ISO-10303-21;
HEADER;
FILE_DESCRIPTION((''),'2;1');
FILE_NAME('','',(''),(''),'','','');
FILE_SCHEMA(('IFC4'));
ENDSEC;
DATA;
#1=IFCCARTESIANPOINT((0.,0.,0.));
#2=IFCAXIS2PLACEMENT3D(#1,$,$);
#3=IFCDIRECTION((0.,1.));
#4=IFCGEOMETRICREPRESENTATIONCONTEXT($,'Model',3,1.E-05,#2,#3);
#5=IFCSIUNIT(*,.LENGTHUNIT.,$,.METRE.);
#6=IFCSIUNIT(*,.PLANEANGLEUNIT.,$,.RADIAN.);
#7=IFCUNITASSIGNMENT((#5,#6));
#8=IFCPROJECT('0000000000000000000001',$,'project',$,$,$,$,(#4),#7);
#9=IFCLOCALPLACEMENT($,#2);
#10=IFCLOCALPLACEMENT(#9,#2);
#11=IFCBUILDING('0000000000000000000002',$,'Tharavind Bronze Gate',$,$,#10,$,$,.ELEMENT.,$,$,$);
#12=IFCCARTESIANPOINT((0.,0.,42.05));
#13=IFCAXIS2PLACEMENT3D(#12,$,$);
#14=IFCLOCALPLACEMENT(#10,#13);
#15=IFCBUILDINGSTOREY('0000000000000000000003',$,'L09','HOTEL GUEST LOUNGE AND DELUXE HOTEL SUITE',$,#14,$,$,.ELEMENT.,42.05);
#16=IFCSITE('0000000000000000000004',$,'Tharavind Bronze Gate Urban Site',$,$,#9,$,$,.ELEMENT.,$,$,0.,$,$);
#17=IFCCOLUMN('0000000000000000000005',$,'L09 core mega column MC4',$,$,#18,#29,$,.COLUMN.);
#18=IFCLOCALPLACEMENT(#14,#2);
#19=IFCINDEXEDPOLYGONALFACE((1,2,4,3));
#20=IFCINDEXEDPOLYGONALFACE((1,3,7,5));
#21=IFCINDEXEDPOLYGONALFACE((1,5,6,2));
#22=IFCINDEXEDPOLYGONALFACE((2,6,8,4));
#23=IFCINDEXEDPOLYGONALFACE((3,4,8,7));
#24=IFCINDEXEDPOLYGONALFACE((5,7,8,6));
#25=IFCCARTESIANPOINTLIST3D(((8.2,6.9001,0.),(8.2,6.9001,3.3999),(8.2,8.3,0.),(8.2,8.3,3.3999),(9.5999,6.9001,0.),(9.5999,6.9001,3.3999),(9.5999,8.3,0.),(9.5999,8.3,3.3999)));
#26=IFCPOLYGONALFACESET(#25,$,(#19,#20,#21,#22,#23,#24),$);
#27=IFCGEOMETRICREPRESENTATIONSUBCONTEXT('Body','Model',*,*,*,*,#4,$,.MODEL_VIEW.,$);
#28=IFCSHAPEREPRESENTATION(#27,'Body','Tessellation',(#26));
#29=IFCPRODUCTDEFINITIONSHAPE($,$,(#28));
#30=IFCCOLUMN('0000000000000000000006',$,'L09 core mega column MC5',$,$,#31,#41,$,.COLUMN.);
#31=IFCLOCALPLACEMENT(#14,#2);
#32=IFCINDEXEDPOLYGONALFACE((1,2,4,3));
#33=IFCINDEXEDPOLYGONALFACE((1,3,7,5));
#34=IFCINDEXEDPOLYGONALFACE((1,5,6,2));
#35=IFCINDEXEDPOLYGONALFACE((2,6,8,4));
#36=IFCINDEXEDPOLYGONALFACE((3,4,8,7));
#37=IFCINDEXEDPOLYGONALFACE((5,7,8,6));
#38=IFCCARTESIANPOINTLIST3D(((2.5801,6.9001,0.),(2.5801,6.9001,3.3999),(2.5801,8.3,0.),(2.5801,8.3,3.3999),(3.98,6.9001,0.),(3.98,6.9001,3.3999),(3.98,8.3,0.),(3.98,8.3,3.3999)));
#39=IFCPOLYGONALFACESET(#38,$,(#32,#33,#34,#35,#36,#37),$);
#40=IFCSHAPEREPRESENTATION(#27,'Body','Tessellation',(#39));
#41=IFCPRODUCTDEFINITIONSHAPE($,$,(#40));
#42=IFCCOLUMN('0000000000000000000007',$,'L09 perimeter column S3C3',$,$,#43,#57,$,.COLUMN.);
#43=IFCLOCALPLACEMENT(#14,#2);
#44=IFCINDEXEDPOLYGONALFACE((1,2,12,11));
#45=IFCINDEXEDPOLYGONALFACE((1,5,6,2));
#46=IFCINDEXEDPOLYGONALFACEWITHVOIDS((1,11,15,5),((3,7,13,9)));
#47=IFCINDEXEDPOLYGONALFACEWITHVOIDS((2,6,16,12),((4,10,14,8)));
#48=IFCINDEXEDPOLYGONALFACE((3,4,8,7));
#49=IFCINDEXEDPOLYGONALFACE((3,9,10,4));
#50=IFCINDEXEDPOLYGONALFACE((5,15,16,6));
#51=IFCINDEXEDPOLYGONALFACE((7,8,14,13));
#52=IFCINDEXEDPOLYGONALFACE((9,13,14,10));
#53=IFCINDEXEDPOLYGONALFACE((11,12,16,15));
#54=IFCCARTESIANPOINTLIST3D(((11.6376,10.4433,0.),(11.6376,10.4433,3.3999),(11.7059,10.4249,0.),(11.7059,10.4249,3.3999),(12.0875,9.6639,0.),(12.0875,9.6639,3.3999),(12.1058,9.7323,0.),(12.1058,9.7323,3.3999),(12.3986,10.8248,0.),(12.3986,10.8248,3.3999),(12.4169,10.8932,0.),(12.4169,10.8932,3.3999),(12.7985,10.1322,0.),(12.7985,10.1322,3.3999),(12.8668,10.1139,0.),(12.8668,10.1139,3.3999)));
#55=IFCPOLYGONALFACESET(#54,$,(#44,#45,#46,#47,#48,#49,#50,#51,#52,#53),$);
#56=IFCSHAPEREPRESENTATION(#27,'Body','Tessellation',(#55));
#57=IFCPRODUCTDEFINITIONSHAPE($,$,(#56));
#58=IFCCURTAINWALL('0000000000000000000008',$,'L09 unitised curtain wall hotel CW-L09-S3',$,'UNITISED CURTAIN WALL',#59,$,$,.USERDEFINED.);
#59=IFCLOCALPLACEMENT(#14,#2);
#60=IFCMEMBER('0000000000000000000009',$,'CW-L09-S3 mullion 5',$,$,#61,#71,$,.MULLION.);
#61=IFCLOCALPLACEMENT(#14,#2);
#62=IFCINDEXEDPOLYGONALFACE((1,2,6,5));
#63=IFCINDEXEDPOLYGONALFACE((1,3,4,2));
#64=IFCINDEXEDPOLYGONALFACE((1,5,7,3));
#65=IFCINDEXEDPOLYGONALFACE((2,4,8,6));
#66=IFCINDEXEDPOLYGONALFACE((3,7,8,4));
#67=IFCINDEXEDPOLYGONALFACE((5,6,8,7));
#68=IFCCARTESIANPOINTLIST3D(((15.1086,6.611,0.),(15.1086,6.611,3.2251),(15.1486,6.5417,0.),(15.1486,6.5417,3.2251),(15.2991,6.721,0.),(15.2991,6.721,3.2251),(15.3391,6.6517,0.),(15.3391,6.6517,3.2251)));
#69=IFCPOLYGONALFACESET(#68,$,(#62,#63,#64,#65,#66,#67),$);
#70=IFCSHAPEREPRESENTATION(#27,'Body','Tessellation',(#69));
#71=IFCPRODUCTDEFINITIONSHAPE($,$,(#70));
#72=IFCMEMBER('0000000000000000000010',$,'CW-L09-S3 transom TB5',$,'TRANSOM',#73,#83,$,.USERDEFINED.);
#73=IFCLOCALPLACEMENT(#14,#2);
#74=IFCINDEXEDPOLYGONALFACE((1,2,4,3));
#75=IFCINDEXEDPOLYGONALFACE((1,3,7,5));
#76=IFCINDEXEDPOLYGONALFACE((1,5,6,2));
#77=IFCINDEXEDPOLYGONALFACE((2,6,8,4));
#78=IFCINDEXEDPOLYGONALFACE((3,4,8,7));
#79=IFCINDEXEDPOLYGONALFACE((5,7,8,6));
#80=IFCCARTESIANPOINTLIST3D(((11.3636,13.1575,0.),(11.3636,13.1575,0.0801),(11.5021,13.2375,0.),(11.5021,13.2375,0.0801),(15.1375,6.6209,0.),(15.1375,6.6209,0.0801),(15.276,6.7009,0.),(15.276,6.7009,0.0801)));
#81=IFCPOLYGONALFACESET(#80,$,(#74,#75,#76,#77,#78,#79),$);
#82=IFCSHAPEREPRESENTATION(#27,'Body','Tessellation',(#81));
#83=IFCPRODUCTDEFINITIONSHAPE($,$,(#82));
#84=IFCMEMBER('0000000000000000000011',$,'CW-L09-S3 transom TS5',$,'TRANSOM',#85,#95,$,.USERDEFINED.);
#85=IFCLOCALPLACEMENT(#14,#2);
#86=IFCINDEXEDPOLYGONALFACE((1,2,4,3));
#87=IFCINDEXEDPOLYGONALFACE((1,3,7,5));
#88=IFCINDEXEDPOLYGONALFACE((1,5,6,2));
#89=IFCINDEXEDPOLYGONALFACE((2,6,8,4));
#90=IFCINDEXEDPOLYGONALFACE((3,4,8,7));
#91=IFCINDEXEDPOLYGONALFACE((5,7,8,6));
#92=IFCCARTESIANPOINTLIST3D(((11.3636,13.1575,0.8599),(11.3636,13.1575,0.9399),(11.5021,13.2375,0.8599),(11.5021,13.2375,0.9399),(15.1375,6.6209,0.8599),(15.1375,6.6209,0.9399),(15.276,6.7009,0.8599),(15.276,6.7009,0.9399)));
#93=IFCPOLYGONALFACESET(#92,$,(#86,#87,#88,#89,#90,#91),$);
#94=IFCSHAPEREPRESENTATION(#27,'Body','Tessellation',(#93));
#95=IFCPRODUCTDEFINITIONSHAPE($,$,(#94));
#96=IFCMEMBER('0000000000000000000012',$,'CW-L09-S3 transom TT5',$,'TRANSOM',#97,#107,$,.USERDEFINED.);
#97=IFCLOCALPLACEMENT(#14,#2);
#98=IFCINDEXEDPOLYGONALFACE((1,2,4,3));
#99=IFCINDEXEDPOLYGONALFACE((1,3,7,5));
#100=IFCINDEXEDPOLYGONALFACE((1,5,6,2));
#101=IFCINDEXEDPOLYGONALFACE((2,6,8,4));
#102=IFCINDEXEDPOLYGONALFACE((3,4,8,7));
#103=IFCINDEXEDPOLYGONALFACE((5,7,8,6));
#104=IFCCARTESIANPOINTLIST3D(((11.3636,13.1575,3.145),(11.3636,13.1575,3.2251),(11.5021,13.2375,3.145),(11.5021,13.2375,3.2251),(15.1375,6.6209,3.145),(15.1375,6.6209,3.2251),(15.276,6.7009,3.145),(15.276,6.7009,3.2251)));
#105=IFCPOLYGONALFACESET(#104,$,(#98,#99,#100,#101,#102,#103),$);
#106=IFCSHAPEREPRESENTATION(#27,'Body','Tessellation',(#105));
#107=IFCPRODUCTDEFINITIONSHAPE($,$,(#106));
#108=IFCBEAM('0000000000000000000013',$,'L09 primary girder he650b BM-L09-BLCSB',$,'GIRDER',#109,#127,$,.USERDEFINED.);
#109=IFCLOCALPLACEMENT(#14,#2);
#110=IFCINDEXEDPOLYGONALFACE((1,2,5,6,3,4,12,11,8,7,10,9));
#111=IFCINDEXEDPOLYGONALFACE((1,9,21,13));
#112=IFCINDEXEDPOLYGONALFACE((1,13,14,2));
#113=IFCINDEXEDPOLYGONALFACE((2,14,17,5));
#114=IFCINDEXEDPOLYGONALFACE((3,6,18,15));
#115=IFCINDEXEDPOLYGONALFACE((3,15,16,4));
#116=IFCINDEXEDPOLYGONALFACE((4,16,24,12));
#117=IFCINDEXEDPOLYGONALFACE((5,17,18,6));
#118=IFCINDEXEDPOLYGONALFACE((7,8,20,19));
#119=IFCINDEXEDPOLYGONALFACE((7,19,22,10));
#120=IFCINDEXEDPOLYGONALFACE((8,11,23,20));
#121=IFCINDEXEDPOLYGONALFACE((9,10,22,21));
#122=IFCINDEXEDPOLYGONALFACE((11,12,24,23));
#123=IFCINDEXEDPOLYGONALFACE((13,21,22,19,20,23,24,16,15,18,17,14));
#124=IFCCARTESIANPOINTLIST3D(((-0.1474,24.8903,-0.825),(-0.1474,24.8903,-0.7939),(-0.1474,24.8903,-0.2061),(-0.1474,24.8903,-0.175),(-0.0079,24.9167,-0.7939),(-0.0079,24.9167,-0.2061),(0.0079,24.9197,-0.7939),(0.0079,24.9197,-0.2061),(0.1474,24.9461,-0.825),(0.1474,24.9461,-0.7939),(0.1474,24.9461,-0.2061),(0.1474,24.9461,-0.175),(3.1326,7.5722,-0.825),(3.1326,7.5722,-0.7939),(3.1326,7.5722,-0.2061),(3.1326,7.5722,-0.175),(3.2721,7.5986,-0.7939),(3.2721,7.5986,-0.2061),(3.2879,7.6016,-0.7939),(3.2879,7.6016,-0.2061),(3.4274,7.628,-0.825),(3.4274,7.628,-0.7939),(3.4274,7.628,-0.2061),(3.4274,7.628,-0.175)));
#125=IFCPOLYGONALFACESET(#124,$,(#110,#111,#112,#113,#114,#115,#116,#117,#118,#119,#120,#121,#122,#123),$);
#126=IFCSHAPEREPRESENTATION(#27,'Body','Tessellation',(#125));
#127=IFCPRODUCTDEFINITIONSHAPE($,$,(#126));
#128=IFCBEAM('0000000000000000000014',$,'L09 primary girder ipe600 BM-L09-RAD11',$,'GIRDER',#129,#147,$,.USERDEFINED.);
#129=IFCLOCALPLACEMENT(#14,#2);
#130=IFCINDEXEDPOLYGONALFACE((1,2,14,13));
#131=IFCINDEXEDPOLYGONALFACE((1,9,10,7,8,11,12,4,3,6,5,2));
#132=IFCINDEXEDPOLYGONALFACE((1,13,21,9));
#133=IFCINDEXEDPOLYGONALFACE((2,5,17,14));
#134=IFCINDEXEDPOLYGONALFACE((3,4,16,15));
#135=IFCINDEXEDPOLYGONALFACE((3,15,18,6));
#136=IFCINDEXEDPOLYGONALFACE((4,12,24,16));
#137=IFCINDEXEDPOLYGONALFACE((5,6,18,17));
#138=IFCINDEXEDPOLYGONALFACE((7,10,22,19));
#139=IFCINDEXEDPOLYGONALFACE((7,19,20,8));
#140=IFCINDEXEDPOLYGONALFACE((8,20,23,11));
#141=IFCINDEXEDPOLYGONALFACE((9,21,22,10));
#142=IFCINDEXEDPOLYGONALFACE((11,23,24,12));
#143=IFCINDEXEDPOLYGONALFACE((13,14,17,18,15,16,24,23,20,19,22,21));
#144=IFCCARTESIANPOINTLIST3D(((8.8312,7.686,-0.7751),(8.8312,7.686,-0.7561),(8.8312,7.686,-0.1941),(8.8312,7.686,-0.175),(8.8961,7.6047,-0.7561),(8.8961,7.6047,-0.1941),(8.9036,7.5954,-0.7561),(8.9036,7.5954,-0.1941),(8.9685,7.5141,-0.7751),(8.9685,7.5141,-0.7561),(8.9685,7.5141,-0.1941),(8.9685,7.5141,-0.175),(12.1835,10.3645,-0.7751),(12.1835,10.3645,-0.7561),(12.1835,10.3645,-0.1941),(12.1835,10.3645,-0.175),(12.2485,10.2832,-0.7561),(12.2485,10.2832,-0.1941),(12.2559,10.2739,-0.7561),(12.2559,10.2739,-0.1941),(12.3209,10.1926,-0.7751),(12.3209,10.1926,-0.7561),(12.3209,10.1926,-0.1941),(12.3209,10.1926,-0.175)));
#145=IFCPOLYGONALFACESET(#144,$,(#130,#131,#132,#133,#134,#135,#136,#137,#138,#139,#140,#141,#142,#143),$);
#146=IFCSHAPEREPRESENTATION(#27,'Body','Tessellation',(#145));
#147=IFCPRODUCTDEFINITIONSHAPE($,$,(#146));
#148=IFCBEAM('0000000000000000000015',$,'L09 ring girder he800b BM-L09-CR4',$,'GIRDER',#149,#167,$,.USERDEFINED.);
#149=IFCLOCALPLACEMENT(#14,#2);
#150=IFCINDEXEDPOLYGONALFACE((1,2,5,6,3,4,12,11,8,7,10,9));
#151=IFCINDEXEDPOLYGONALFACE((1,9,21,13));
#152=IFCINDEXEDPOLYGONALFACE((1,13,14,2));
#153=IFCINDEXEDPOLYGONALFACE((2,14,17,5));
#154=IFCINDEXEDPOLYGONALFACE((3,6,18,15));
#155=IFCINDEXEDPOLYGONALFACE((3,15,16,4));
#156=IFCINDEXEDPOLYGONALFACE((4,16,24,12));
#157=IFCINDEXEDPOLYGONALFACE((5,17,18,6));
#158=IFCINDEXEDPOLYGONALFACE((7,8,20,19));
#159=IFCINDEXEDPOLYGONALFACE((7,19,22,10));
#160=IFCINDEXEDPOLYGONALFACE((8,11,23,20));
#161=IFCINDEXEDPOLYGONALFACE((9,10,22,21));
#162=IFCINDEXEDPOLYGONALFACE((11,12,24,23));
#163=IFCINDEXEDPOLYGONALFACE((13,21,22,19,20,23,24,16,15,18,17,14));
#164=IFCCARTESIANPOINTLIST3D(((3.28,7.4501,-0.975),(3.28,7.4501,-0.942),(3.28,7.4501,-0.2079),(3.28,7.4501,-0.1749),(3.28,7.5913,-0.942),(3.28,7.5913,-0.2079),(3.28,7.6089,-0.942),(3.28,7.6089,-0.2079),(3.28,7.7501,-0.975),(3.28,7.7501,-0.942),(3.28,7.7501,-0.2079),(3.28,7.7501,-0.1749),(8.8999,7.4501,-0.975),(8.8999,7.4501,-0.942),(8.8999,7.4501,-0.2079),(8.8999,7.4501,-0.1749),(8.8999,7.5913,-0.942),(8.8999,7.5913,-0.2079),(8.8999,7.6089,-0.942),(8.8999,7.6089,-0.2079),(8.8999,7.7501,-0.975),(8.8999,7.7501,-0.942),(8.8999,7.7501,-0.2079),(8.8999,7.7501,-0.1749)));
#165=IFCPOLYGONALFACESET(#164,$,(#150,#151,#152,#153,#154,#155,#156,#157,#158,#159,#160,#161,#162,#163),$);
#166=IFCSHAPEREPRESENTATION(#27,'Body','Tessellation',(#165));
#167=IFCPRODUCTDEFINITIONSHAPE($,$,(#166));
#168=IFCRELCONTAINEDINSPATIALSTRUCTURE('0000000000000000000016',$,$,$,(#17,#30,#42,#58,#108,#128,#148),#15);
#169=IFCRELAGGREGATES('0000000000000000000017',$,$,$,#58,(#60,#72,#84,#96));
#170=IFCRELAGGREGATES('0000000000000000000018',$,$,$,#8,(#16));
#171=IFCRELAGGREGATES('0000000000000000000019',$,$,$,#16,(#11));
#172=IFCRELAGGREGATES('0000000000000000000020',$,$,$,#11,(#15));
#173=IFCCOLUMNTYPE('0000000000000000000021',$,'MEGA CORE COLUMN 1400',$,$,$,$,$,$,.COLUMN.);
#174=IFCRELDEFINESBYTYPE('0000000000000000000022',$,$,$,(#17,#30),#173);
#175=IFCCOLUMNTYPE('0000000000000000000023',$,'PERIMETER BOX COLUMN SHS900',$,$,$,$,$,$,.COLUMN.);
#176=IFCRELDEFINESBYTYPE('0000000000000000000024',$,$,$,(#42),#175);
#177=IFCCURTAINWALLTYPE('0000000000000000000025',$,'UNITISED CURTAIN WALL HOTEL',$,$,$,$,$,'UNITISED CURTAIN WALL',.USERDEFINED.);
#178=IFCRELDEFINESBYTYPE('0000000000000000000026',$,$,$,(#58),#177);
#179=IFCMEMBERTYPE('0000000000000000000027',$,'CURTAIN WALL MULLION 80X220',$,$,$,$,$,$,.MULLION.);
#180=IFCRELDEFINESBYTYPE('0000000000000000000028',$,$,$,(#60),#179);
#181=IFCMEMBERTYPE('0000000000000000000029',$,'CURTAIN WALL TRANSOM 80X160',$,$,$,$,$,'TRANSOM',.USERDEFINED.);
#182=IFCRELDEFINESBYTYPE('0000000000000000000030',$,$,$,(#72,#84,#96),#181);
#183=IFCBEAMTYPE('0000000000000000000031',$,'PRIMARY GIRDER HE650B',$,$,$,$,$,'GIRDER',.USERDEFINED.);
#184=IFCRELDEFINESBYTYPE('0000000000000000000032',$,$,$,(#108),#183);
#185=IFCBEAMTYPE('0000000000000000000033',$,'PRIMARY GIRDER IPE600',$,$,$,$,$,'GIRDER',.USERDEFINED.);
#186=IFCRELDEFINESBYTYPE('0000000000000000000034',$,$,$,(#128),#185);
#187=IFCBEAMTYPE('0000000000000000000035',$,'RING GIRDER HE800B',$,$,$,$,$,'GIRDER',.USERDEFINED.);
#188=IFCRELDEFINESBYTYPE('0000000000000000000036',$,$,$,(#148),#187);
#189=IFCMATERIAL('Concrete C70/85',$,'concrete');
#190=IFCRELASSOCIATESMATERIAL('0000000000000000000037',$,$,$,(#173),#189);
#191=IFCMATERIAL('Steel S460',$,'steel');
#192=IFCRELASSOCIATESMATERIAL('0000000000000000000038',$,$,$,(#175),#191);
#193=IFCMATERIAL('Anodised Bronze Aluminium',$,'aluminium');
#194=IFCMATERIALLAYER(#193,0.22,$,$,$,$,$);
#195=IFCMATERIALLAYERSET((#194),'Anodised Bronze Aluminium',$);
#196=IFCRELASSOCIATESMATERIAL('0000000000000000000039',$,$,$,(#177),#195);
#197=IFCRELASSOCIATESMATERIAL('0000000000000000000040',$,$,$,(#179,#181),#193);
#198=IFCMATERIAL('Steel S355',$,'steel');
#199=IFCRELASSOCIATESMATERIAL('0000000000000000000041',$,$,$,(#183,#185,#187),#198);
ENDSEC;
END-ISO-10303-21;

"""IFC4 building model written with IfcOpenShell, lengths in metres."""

from ifc_helpers import new_model, si_unit, direction, frame, origin, origin_2d, place, context, subcontext, project, spatial, rectangle, hollow_rectangle, i_section, extrude, material, layer, layer_set, material_profile, profile_set, type_object, element, aggregate, save


model = new_model("IFC4")

# Units and contexts
model_context = context("Model", 3, precision=1e-05, world=origin(), true_north=direction((0.0, 1.0)))
body_context = subcontext(model_context, "Body", "Model", "MODEL_VIEW")
ifc_project = project(units=[si_unit("LENGTHUNIT", "METRE"), si_unit("PLANEANGLEUNIT", "RADIAN")], contexts=[model_context])

# Site, building, storey
site_placement = place(None, origin())
site = spatial("IfcSite", under=ifc_project, at=site_placement, Name="Tharavind Bronze Gate Urban Site", CompositionType="ELEMENT", RefElevation=0.0)
building_placement = place(site_placement, origin())
building = spatial("IfcBuilding", under=site, at=building_placement, Name="Tharavind Bronze Gate", CompositionType="ELEMENT")
storey_placement = place(building_placement, frame((0.0, 0.0, 42.05)))
storey = spatial("IfcBuildingStorey", under=building, at=storey_placement, Name="L09", Description="HOTEL GUEST LOUNGE AND DELUXE HOTEL SUITE", CompositionType="ELEMENT", Elevation=42.05)

# Columns
ifc_material_1 = material(Name="Concrete C70/85", Category="concrete")
ifc_material_profile_1 = material_profile(ifc_material_1, rectangle(XDim=1.3999, YDim=1.3999, at=origin_2d()), Name="RCCOL1400")
ifc_profile_set_1 = profile_set([ifc_material_profile_1], Name="Concrete C70/85")
column_type_1 = type_object("IfcColumnType", Name="MEGA CORE COLUMN 1400", PredefinedType="COLUMN", material=ifc_profile_set_1)
for number, where, z_axis, x_axis, name in (
    (1, (8.8999, 7.6001, 0.0), (0.0, 0.0, 1.0), (1.0, 0.0, 0.0), "L09 core mega column MC4"),
    (2, (3.28, 7.6001, 0.0), (0.0, 0.0, 1.0), (1.0, 0.0, 0.0), "L09 core mega column MC5"),
):
    element("IfcColumn", number, at=place(storey_placement, frame(where, z_axis=z_axis, x_axis=x_axis)), inside=storey, type_object=column_type_1, Name=name, PredefinedType="COLUMN", context=body_context, shape_type="SweptSolid", body=[
        extrude(rectangle(XDim=1.3999, YDim=1.3999, at=origin_2d()), origin(), (0.0, 0.0, 1.0), 3.3999),
    ])
ifc_material_2 = material(Name="Steel S460", Category="steel")
ifc_material_profile_2 = material_profile(ifc_material_2, hollow_rectangle(XDim=0.8999, YDim=0.8999, WallThickness=0.05, at=origin_2d()), Name="SHS900X50")
ifc_profile_set_2 = profile_set([ifc_material_profile_2], Name="Steel S460")
column_type_2 = type_object("IfcColumnType", Name="PERIMETER BOX COLUMN SHS900", PredefinedType="COLUMN", material=ifc_profile_set_2)
column_placement = place(storey_placement, frame((12.2522, 10.2786, 0.0), z_axis=(0.0, 0.0, 1.0), x_axis=(-0.500002, 0.866025, 0.0)))
element("IfcColumn", 3, at=column_placement, inside=storey, type_object=column_type_2, Name="L09 perimeter column S3C3", PredefinedType="COLUMN", context=body_context, shape_type="SweptSolid", body=[
    extrude(hollow_rectangle(XDim=0.8999, YDim=0.8999, WallThickness=0.05, at=origin_2d()), origin(), (0.0, 0.0, 1.0), 3.3999),
])

# Curtain wall, members
ifc_material_3 = material(Name="Anodised Bronze Aluminium", Category="aluminium")
ifc_layer_1 = layer(ifc_material_3, 0.22)
ifc_layer_set_1 = layer_set([ifc_layer_1], Name="Anodised Bronze Aluminium")
curtain_wall_type = type_object("IfcCurtainWallType", Name="UNITISED CURTAIN WALL HOTEL", ElementType="UNITISED CURTAIN WALL", PredefinedType="USERDEFINED", material=ifc_layer_set_1)
curtain_wall_placement = place(storey_placement, origin())
curtain_wall = element("IfcCurtainWall", 4, at=curtain_wall_placement, inside=storey, type_object=curtain_wall_type, Name="L09 unitised curtain wall hotel CW-L09-S3", ObjectType="UNITISED CURTAIN WALL", PredefinedType="USERDEFINED")
member_type_1 = type_object("IfcMemberType", Name="CURTAIN WALL MULLION 80X220", PredefinedType="MULLION", material=ifc_material_3)
member_1_placement = place(storey_placement, frame((15.2239, 6.6313, 0.0), z_axis=(0.0, 0.0, 1.0), x_axis=(-0.500002, 0.866025, 0.0)))
member_1 = element("IfcMember", 5, at=member_1_placement, type_object=member_type_1, Name="CW-L09-S3 mullion 5", PredefinedType="MULLION", context=body_context, shape_type="SweptSolid", body=[
    extrude(rectangle(XDim=0.0801, YDim=0.22, at=origin_2d()), origin(), (0.0, 0.0, 1.0), 3.2251),
])
member_type_2 = type_object("IfcMemberType", Name="CURTAIN WALL TRANSOM 80X160", ElementType="TRANSOM", PredefinedType="USERDEFINED", material=ifc_material_3)
member_2_placement = place(storey_placement, frame((13.3198, 9.9292, 0.0), z_axis=(0.0, 0.0, 1.0), x_axis=(-0.500002, 0.866025, 0.0)))
member_2 = element("IfcMember", 6, at=member_2_placement, type_object=member_type_2, Name="CW-L09-S3 transom TB5", ObjectType="TRANSOM", PredefinedType="USERDEFINED", context=body_context, shape_type="SweptSolid", body=[
    extrude(rectangle(XDim=7.5479, YDim=0.1599, at=origin_2d()), origin(), (0.0, 0.0, 1.0), 0.0801),
])
member_3_placement = place(storey_placement, frame((13.3198, 9.9292, 0.8599), z_axis=(0.0, 0.0, 1.0), x_axis=(-0.500002, 0.866025, 0.0)))
member_3 = element("IfcMember", 7, at=member_3_placement, type_object=member_type_2, Name="CW-L09-S3 transom TS5", ObjectType="TRANSOM", PredefinedType="USERDEFINED", context=body_context, shape_type="SweptSolid", body=[
    extrude(rectangle(XDim=7.5479, YDim=0.1599, at=origin_2d()), origin(), (0.0, 0.0, 1.0), 0.0801),
])
member_4_placement = place(storey_placement, frame((13.3198, 9.9292, 3.145), z_axis=(0.0, 0.0, 1.0), x_axis=(-0.500002, 0.866025, 0.0)))
member_4 = element("IfcMember", 8, at=member_4_placement, type_object=member_type_2, Name="CW-L09-S3 transom TT5", ObjectType="TRANSOM", PredefinedType="USERDEFINED", context=body_context, shape_type="SweptSolid", body=[
    extrude(rectangle(XDim=7.5479, YDim=0.1599, at=origin_2d()), origin(), (0.0, 0.0, 1.0), 0.0801),
])

# Beams
ifc_material_4 = material(Name="Steel S355", Category="steel")
ifc_material_profile_3 = material_profile(ifc_material_4, i_section(OverallWidth=0.3, OverallDepth=0.6499, WebThickness=0.0161, FlangeThickness=0.031, at=origin_2d()), Name="HE650B")
ifc_profile_set_3 = profile_set([ifc_material_profile_3], Name="Steel S355")
beam_type_1 = type_object("IfcBeamType", Name="PRIMARY GIRDER HE650B", ElementType="GIRDER", PredefinedType="USERDEFINED", material=ifc_profile_set_3)
beam_1_placement = place(storey_placement, frame((3.28, 7.6001, -0.5), z_axis=(-0.18609, 0.982533, 0.0), x_axis=(-0.982533, -0.18609, 0.0)))
element("IfcBeam", 9, at=beam_1_placement, inside=storey, type_object=beam_type_1, Name="L09 primary girder he650b BM-L09-BLCSB", ObjectType="GIRDER", PredefinedType="USERDEFINED", context=body_context, shape_type="SweptSolid", body=[
    extrude(i_section(OverallWidth=0.3, OverallDepth=0.6499, WebThickness=0.0161, FlangeThickness=0.031, at=origin_2d()), origin(), (0.0, 0.0, 1.0), 17.626),
])
ifc_material_profile_4 = material_profile(ifc_material_4, i_section(OverallWidth=0.22, OverallDepth=0.6001, WebThickness=0.012, FlangeThickness=0.019, at=origin_2d()), Name="IPE600")
ifc_profile_set_4 = profile_set([ifc_material_profile_4], Name="Steel S355")
beam_type_2 = type_object("IfcBeamType", Name="PRIMARY GIRDER IPE600", ElementType="GIRDER", PredefinedType="USERDEFINED", material=ifc_profile_set_4)
beam_2_placement = place(storey_placement, frame((12.2522, 10.2786, -0.4751), z_axis=(-0.781252, -0.624216, 0.0), x_axis=(0.624216, -0.781252, 0.0)))
element("IfcBeam", 10, at=beam_2_placement, inside=storey, type_object=beam_type_2, Name="L09 primary girder ipe600 BM-L09-RAD11", ObjectType="GIRDER", PredefinedType="USERDEFINED", context=body_context, shape_type="SweptSolid", body=[
    extrude(i_section(OverallWidth=0.22, OverallDepth=0.6001, WebThickness=0.012, FlangeThickness=0.019, at=origin_2d()), origin(), (0.0, 0.0, 1.0), 4.291),
])
ifc_material_profile_5 = material_profile(ifc_material_4, i_section(OverallWidth=0.3, OverallDepth=0.8, WebThickness=0.0176, FlangeThickness=0.033, at=origin_2d()), Name="HE800B")
ifc_profile_set_5 = profile_set([ifc_material_profile_5], Name="Steel S355")
beam_type_3 = type_object("IfcBeamType", Name="RING GIRDER HE800B", ElementType="GIRDER", PredefinedType="USERDEFINED", material=ifc_profile_set_5)
beam_3_placement = place(storey_placement, frame((8.8999, 7.6001, -0.575), z_axis=(-1.0, 0.0, 0.0), x_axis=(0.0, -1.0, 0.0)))
element("IfcBeam", 11, at=beam_3_placement, inside=storey, type_object=beam_type_3, Name="L09 ring girder he800b BM-L09-CR4", ObjectType="GIRDER", PredefinedType="USERDEFINED", context=body_context, shape_type="SweptSolid", body=[
    extrude(i_section(OverallWidth=0.3, OverallDepth=0.8, WebThickness=0.0176, FlangeThickness=0.033, at=origin_2d()), origin(), (0.0, 0.0, 1.0), 5.6199),
])

aggregate(curtain_wall, [member_1, member_2, member_3, member_4])

save(model, "model.ifc")
